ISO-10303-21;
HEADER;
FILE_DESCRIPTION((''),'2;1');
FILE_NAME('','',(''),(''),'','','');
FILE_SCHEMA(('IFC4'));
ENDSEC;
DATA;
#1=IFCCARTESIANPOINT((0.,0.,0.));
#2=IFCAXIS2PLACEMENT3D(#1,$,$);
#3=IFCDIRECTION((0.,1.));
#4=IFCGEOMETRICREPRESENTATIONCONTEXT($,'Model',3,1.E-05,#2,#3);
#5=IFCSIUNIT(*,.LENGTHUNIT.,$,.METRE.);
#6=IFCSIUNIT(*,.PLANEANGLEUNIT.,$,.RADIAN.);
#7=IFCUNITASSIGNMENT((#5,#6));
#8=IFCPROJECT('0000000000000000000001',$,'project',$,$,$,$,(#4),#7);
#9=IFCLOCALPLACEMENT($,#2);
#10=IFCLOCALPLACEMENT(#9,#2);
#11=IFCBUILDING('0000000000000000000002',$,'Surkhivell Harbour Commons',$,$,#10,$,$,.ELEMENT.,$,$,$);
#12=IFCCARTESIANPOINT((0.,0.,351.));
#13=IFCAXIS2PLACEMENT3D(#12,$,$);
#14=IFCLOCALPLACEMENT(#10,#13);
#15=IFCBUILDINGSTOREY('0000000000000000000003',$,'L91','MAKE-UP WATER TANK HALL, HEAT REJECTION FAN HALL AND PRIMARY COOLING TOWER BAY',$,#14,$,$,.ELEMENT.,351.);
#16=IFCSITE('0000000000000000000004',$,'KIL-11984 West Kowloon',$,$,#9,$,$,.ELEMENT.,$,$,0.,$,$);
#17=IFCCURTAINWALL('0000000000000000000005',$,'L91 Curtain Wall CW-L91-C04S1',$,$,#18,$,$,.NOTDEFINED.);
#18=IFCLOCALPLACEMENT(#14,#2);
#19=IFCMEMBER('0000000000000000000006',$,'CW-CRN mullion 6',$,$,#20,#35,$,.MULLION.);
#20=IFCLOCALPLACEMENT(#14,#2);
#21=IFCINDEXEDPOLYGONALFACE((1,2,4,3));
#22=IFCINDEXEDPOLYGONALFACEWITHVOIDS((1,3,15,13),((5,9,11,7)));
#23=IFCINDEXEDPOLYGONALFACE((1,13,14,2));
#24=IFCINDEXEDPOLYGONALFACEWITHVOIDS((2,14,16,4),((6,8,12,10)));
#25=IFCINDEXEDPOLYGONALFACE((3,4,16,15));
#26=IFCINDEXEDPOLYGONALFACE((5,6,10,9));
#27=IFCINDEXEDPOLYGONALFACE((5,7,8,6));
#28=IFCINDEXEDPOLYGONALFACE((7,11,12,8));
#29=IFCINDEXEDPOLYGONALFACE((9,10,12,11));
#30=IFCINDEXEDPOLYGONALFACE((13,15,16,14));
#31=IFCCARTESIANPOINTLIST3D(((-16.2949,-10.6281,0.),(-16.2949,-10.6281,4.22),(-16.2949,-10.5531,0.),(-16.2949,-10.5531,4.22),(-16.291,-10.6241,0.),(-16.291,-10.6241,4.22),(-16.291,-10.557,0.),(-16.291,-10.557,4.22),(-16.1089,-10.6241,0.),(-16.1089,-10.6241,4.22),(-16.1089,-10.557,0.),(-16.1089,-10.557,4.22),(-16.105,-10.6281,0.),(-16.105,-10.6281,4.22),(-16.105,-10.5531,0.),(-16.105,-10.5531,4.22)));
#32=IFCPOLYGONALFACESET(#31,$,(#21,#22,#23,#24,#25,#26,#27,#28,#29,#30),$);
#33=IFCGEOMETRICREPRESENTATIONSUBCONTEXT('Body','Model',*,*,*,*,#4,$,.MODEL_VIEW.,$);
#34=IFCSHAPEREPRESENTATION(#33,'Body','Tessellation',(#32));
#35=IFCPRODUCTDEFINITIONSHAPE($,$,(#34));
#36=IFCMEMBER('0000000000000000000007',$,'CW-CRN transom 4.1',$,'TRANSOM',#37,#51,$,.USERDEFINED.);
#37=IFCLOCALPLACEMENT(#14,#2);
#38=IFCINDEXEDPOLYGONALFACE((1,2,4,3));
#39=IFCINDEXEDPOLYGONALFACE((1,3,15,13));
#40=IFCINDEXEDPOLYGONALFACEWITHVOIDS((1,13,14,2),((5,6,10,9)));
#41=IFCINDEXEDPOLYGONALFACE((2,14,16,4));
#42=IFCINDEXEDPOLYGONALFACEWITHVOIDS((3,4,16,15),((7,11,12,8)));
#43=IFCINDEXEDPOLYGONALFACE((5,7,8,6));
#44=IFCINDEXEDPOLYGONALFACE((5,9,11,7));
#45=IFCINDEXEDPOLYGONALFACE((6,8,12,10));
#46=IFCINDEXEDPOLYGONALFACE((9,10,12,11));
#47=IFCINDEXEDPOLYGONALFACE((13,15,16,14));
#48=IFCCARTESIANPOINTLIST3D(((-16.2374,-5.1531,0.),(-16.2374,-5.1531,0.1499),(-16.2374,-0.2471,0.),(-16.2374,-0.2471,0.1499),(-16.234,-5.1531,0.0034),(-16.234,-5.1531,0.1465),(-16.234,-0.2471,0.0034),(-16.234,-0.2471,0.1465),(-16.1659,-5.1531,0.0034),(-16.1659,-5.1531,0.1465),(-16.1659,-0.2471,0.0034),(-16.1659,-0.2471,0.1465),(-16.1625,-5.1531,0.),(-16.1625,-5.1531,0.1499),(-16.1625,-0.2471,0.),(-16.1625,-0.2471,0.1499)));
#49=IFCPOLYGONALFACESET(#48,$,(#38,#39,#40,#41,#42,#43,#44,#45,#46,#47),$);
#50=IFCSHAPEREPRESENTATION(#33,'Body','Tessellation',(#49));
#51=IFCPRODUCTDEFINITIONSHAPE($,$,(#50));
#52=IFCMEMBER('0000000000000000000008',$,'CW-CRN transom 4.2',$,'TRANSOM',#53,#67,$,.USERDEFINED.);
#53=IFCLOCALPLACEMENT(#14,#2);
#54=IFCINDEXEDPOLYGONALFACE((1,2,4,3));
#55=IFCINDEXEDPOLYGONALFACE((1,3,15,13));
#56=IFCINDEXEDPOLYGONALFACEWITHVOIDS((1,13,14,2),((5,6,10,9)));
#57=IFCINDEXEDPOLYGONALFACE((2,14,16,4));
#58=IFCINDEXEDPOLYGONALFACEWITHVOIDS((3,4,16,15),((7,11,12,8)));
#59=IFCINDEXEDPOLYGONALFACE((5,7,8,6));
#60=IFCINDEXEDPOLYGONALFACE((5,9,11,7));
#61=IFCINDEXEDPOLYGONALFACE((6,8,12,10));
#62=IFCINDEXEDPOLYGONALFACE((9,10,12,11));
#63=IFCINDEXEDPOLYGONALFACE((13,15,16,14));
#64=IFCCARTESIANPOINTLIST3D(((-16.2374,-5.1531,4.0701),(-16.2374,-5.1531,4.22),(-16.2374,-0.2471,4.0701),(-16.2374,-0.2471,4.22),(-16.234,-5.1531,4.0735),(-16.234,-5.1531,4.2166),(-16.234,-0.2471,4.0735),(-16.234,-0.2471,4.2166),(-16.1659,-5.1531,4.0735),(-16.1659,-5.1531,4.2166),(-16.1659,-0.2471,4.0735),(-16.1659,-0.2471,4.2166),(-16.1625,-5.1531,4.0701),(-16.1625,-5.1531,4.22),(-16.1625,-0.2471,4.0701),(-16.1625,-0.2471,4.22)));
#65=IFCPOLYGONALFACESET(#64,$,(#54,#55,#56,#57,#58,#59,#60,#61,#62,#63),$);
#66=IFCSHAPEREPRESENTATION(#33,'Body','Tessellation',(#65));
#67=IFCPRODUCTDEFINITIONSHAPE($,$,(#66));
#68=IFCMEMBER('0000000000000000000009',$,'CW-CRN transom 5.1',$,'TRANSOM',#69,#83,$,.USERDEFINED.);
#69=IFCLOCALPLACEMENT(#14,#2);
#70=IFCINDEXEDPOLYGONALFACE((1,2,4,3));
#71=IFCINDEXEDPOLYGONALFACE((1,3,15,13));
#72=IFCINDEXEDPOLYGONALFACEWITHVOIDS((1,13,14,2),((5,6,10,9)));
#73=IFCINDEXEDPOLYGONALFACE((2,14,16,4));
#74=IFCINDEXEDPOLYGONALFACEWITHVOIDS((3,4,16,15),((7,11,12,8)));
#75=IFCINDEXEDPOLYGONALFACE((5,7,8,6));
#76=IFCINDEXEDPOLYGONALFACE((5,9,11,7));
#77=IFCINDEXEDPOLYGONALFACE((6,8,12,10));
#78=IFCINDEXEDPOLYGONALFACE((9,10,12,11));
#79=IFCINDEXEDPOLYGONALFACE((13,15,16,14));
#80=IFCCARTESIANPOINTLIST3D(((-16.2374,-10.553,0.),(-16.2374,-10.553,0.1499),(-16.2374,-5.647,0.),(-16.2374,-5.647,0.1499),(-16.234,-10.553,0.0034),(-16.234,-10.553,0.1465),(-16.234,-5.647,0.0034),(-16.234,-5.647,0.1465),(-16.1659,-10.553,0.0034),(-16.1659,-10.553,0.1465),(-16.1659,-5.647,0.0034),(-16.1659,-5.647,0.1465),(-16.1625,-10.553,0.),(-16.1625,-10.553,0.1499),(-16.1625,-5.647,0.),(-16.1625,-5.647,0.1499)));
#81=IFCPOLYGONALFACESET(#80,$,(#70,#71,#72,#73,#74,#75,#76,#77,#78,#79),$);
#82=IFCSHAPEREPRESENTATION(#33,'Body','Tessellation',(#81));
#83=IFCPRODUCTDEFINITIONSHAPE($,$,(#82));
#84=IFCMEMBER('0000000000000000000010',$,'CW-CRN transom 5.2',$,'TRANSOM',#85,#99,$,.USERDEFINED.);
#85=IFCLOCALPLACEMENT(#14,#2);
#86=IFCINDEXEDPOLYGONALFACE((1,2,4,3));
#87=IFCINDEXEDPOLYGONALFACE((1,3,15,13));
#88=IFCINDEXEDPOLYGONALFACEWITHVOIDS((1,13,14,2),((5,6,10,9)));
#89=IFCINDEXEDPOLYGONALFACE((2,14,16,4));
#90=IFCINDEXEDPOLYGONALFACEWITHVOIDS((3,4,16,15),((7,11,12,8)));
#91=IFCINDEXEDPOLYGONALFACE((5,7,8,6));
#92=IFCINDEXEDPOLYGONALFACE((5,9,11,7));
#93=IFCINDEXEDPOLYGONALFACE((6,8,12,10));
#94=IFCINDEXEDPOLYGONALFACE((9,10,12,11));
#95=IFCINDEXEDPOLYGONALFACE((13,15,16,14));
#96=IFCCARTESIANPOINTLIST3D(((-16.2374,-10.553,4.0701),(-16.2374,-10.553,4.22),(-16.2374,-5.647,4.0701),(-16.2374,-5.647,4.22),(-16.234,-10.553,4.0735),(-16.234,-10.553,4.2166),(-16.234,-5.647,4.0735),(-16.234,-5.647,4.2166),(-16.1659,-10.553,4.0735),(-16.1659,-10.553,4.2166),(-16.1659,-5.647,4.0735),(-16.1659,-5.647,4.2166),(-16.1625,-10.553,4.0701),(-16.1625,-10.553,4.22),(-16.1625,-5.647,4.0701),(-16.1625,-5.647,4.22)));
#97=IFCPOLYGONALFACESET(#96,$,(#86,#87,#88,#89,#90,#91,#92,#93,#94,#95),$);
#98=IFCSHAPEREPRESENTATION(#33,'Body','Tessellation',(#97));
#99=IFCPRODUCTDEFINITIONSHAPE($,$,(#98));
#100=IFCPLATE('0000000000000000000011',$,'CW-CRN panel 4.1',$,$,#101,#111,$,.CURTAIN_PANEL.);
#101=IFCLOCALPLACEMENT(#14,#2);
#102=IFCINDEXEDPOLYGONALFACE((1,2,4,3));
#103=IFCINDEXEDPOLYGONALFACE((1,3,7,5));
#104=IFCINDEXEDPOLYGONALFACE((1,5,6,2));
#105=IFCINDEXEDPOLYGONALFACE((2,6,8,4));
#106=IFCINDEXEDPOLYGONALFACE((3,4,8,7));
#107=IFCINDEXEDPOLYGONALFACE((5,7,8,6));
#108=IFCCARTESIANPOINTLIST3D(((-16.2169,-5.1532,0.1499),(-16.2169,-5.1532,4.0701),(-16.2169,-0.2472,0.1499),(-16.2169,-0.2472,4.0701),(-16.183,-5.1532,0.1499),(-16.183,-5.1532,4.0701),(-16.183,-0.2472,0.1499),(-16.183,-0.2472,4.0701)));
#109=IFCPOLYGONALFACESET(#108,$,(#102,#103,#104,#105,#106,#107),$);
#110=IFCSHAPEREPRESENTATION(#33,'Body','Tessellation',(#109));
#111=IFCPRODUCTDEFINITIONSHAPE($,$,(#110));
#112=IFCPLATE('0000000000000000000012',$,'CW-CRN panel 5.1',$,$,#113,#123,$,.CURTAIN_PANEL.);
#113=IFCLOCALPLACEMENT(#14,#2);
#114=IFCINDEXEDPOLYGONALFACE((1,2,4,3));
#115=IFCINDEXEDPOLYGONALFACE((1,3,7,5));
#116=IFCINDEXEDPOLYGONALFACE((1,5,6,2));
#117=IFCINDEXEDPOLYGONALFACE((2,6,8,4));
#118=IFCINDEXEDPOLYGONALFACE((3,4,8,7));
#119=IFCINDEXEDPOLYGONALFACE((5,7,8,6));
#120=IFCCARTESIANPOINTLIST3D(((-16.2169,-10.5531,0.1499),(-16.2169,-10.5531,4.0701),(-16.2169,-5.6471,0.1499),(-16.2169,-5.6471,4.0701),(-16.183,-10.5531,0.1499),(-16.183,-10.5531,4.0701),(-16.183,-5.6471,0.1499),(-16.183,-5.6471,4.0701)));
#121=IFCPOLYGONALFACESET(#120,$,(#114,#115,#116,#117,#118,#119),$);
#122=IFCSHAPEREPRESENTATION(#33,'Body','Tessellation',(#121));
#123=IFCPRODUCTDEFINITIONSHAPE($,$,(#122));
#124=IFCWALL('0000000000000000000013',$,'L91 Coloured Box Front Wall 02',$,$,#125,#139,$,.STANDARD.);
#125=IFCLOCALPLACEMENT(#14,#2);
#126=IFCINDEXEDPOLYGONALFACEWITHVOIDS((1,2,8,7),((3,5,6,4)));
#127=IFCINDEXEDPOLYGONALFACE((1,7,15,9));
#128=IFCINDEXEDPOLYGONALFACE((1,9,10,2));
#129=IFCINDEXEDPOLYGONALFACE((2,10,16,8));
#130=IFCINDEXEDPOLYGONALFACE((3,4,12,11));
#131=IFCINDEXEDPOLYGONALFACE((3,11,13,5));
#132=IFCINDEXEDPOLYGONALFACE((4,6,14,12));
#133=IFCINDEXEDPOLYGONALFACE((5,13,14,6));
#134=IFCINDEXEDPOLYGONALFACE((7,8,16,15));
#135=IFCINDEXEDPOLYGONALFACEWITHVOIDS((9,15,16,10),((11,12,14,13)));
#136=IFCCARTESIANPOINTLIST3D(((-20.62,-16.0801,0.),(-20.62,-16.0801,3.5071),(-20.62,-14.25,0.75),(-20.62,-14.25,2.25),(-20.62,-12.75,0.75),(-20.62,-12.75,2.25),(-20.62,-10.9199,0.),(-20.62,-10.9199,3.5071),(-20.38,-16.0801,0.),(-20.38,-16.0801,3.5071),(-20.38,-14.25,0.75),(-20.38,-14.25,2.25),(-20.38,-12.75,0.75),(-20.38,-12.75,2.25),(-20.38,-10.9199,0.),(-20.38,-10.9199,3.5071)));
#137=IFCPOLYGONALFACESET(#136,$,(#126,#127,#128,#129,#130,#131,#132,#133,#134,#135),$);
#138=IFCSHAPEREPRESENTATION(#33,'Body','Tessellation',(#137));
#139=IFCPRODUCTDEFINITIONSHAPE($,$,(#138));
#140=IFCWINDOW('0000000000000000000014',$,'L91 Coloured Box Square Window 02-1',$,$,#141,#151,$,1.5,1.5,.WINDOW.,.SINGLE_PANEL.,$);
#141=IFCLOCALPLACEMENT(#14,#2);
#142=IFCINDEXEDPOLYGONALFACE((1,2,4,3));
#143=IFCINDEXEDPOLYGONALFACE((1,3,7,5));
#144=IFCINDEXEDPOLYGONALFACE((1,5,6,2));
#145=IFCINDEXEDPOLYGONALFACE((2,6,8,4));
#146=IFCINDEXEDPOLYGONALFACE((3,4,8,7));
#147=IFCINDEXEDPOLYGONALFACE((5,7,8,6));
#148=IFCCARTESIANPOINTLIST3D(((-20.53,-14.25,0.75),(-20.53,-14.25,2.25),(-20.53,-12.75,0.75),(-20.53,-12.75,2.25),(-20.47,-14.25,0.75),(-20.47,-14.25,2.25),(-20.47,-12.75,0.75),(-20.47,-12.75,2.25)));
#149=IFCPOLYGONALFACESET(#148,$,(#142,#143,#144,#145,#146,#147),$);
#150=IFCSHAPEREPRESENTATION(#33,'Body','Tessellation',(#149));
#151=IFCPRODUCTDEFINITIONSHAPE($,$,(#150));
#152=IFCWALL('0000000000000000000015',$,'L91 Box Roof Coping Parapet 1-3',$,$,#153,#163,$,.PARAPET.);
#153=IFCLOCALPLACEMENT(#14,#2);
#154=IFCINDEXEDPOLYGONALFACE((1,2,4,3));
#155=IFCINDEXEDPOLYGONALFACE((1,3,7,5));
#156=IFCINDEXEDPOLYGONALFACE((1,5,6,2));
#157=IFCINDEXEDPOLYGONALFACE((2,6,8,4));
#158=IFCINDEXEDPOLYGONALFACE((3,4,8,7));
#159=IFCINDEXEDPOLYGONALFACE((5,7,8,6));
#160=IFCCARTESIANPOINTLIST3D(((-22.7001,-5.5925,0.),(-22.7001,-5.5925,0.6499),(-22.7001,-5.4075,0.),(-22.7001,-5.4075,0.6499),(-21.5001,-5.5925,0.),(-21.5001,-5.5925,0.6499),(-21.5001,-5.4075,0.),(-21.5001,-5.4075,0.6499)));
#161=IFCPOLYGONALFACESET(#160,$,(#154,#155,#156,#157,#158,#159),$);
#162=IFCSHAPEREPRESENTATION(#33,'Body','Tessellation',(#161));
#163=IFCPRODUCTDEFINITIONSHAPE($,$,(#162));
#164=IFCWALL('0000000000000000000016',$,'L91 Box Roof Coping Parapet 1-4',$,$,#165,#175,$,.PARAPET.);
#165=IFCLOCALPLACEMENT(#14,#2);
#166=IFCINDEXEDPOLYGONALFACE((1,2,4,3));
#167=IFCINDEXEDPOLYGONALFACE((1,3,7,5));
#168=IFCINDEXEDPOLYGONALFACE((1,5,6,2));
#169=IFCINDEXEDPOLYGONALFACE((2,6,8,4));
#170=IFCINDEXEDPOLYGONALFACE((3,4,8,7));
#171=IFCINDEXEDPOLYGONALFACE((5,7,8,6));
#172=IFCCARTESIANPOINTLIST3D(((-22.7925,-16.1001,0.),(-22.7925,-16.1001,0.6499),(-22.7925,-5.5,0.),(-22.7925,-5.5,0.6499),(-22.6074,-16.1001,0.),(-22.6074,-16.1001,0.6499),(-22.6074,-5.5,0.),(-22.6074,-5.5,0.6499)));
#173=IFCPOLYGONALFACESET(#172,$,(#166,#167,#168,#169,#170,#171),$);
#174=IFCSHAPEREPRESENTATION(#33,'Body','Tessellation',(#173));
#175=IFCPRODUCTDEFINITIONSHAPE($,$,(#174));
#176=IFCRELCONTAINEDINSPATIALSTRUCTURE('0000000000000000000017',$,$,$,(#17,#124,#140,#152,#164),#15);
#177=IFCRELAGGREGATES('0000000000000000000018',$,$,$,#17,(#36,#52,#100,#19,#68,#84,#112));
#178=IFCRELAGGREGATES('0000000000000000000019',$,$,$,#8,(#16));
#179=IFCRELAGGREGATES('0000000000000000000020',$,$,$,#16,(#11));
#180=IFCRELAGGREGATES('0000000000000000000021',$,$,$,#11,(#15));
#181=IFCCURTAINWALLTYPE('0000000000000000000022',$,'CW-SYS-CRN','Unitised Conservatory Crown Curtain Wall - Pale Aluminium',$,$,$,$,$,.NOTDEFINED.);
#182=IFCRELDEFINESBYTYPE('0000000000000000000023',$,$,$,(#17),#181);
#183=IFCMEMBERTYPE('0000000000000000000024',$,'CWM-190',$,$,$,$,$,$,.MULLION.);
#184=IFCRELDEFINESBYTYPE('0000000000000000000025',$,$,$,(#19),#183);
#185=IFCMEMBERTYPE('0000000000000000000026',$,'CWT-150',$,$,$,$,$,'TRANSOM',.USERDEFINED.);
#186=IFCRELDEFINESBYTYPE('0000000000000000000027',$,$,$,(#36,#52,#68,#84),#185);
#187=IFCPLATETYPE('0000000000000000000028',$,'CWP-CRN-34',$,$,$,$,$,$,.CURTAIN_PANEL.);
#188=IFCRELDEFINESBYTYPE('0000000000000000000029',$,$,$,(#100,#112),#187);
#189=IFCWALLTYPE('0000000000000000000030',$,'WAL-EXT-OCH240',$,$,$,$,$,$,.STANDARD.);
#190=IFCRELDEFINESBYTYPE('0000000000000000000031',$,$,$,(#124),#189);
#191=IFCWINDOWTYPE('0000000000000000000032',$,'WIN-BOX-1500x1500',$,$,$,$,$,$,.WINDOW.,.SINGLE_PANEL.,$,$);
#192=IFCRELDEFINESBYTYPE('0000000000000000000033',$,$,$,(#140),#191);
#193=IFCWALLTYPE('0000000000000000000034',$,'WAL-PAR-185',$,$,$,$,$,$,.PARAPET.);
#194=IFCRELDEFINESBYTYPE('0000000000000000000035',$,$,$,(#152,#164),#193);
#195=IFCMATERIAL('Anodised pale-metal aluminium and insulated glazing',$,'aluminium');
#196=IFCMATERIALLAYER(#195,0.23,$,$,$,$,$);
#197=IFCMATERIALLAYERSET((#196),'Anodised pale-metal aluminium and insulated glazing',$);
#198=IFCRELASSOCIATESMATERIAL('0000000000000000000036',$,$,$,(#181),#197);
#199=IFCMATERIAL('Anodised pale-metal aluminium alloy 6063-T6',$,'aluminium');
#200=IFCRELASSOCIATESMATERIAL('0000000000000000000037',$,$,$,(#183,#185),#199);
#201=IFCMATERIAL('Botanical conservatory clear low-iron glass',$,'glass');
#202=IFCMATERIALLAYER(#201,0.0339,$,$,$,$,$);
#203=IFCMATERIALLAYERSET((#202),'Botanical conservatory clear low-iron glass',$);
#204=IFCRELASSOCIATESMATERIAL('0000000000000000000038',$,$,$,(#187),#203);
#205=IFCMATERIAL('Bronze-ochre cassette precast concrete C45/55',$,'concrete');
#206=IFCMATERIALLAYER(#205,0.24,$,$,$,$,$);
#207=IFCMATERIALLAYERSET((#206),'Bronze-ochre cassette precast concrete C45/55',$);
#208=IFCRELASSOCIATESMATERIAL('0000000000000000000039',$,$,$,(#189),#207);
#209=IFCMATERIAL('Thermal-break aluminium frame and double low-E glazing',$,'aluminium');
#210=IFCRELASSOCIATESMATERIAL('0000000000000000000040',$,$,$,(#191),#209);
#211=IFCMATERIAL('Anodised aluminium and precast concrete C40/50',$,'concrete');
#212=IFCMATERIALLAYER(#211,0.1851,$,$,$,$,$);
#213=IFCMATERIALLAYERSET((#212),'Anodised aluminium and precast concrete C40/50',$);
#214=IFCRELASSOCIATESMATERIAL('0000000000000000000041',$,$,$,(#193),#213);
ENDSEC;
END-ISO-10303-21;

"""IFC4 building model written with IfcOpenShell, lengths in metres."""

from ifc_helpers import new_model, si_unit, direction, frame, frame_2d, origin, origin_2d, place, context, subcontext, project, spatial, rectangle, hollow_rectangle, extrude, material, layer, layer_set, material_profile, profile_set, type_object, element, fill, aggregate, save


model = new_model("IFC4")

# Units and contexts
model_context = context("Model", 3, precision=1e-05, world=origin(), true_north=direction((0.0, 1.0)))
body_context = subcontext(model_context, "Body", "Model", "MODEL_VIEW")
ifc_project = project(units=[si_unit("LENGTHUNIT", "METRE"), si_unit("PLANEANGLEUNIT", "RADIAN")], contexts=[model_context])

# Site, building, storey
site_placement = place(None, origin())
site = spatial("IfcSite", under=ifc_project, at=site_placement, Name="KIL-11984 West Kowloon", CompositionType="ELEMENT", RefElevation=0.0)
building_placement = place(site_placement, origin())
building = spatial("IfcBuilding", under=site, at=building_placement, Name="Surkhivell Harbour Commons", CompositionType="ELEMENT")
storey_placement = place(building_placement, frame((0.0, 0.0, 351.0)))
storey = spatial("IfcBuildingStorey", under=building, at=storey_placement, Name="L91", Description="MAKE-UP WATER TANK HALL, HEAT REJECTION FAN HALL AND PRIMARY COOLING TOWER BAY", CompositionType="ELEMENT", Elevation=351.0)

# Curtain wall, members, plates
ifc_material_1 = material(Name="Anodised pale-metal aluminium and insulated glazing", Category="aluminium")
ifc_layer_1 = layer(ifc_material_1, 0.23)
ifc_layer_set_1 = layer_set([ifc_layer_1], Name="Anodised pale-metal aluminium and insulated glazing")
curtain_wall_type = type_object("IfcCurtainWallType", Name="CW-SYS-CRN", Description="Unitised Conservatory Crown Curtain Wall - Pale Aluminium", PredefinedType="NOTDEFINED", material=ifc_layer_set_1)
curtain_wall_placement = place(storey_placement, origin())
curtain_wall = element("IfcCurtainWall", 1, at=curtain_wall_placement, inside=storey, type_object=curtain_wall_type, Name="L91 Curtain Wall CW-L91-C04S1", PredefinedType="NOTDEFINED")
ifc_material_2 = material(Name="Anodised pale-metal aluminium alloy 6063-T6", Category="aluminium")
ifc_material_profile_1 = material_profile(ifc_material_2, hollow_rectangle(XDim=0.075, YDim=0.1899, WallThickness=0.0039, at=origin_2d()), Name="ALU-MULL-75x190")
ifc_profile_set_1 = profile_set([ifc_material_profile_1], Name="Anodised pale-metal aluminium alloy 6063-T6")
member_type_1 = type_object("IfcMemberType", Name="CWM-190", PredefinedType="MULLION", material=ifc_profile_set_1)
member_1_placement = place(storey_placement, frame((-16.2, -10.5906, 0.0), z_axis=(0.0, 0.0, 1.0), x_axis=(0.0, -1.0, 0.0)))
member_1 = element("IfcMember", 2, at=member_1_placement, type_object=member_type_1, Name="CW-CRN mullion 6", PredefinedType="MULLION", context=body_context, shape_type="SweptSolid", body=[
    extrude(hollow_rectangle(XDim=0.075, YDim=0.1899, WallThickness=0.0039, at=origin_2d()), origin(), (0.0, 0.0, 1.0), 4.22),
])
ifc_material_profile_2 = material_profile(ifc_material_2, hollow_rectangle(XDim=0.075, YDim=0.1499, WallThickness=0.0034, at=origin_2d()), Name="ALU-TRAN-75x150")
ifc_profile_set_2 = profile_set([ifc_material_profile_2], Name="Anodised pale-metal aluminium alloy 6063-T6")
member_type_2 = type_object("IfcMemberType", Name="CWT-150", ElementType="TRANSOM", PredefinedType="USERDEFINED", material=ifc_profile_set_2)
member_2_placement = place(storey_placement, frame((-16.2, -0.2471, 0.075), z_axis=(0.0, -1.0, 0.0), x_axis=(1.0, 0.0, 0.0)))
member_2 = element("IfcMember", 3, at=member_2_placement, type_object=member_type_2, Name="CW-CRN transom 4.1", ObjectType="TRANSOM", PredefinedType="USERDEFINED", context=body_context, shape_type="SweptSolid", body=[
    extrude(hollow_rectangle(XDim=0.075, YDim=0.1499, WallThickness=0.0034, at=origin_2d()), origin(), (0.0, 0.0, 1.0), 4.906),
])
member_3_placement = place(storey_placement, frame((-16.2, -0.2471, 4.145), z_axis=(0.0, -1.0, 0.0), x_axis=(1.0, 0.0, 0.0)))
member_3 = element("IfcMember", 4, at=member_3_placement, type_object=member_type_2, Name="CW-CRN transom 4.2", ObjectType="TRANSOM", PredefinedType="USERDEFINED", context=body_context, shape_type="SweptSolid", body=[
    extrude(hollow_rectangle(XDim=0.075, YDim=0.1499, WallThickness=0.0034, at=origin_2d()), origin(), (0.0, 0.0, 1.0), 4.906),
])
member_4_placement = place(storey_placement, frame((-16.2, -5.647, 0.075), z_axis=(0.0, -1.0, 0.0), x_axis=(1.0, 0.0, 0.0)))
member_4 = element("IfcMember", 5, at=member_4_placement, type_object=member_type_2, Name="CW-CRN transom 5.1", ObjectType="TRANSOM", PredefinedType="USERDEFINED", context=body_context, shape_type="SweptSolid", body=[
    extrude(hollow_rectangle(XDim=0.075, YDim=0.1499, WallThickness=0.0034, at=origin_2d()), origin(), (0.0, 0.0, 1.0), 4.906),
])
member_5_placement = place(storey_placement, frame((-16.2, -5.647, 4.145), z_axis=(0.0, -1.0, 0.0), x_axis=(1.0, 0.0, 0.0)))
member_5 = element("IfcMember", 6, at=member_5_placement, type_object=member_type_2, Name="CW-CRN transom 5.2", ObjectType="TRANSOM", PredefinedType="USERDEFINED", context=body_context, shape_type="SweptSolid", body=[
    extrude(hollow_rectangle(XDim=0.075, YDim=0.1499, WallThickness=0.0034, at=origin_2d()), origin(), (0.0, 0.0, 1.0), 4.906),
])
ifc_material_3 = material(Name="Botanical conservatory clear low-iron glass", Category="glass")
ifc_layer_2 = layer(ifc_material_3, 0.0339)
ifc_layer_set_2 = layer_set([ifc_layer_2], Name="Botanical conservatory clear low-iron glass")
plate_type = type_object("IfcPlateType", Name="CWP-CRN-34", PredefinedType="CURTAIN_PANEL", material=ifc_layer_set_2)
plate_1_placement = place(storey_placement, frame((-16.2, -0.2471, 0.1499), z_axis=(0.0, 0.0, 1.0), x_axis=(0.0, -1.0, 0.0)))
plate_1 = element("IfcPlate", 7, at=plate_1_placement, type_object=plate_type, Name="CW-CRN panel 4.1", PredefinedType="CURTAIN_PANEL", context=body_context, shape_type="SweptSolid", body=[
    extrude(rectangle(XDim=4.906, YDim=0.0339, at=frame_2d((2.4531, 0.0))), origin(), (0.0, 0.0, 1.0), 3.9202),
])
plate_2_placement = place(storey_placement, frame((-16.2, -5.647, 0.1499), z_axis=(0.0, 0.0, 1.0), x_axis=(0.0, -1.0, 0.0)))
plate_2 = element("IfcPlate", 8, at=plate_2_placement, type_object=plate_type, Name="CW-CRN panel 5.1", PredefinedType="CURTAIN_PANEL", context=body_context, shape_type="SweptSolid", body=[
    extrude(rectangle(XDim=4.906, YDim=0.0339, at=frame_2d((2.4531, 0.0))), origin(), (0.0, 0.0, 1.0), 3.9202),
])
aggregate(curtain_wall, [member_2, member_3, plate_1, member_1, member_4, member_5, plate_2])

# Wall, opening, window
ifc_material_4 = material(Name="Bronze-ochre cassette precast concrete C45/55", Category="concrete")
ifc_layer_3 = layer(ifc_material_4, 0.24)
ifc_layer_set_3 = layer_set([ifc_layer_3], Name="Bronze-ochre cassette precast concrete C45/55")
wall_type_1 = type_object("IfcWallType", Name="WAL-EXT-OCH240", PredefinedType="STANDARD", material=ifc_layer_set_3)
wall_1_placement = place(storey_placement, frame((-20.5, -10.9199, 0.0), z_axis=(0.0, 0.0, 1.0), x_axis=(0.0, -1.0, 0.0)))
wall_1 = element("IfcWall", 9, at=wall_1_placement, inside=storey, type_object=wall_type_1, Name="L91 Coloured Box Front Wall 02", PredefinedType="STANDARD", context=body_context, shape_type="SweptSolid", body=[
    extrude(rectangle(XDim=5.1602, YDim=0.24, at=frame_2d((2.5801, 0.0))), origin(), (0.0, 0.0, 1.0), 3.5071),
])
opening_placement = place(wall_1_placement, frame((1.8301, 0.0, 0.75)))
opening = element("IfcOpeningElement", 10, at=opening_placement, cuts=wall_1, PredefinedType="OPENING", context=body_context, shape_type="SweptSolid", body=[
    extrude(rectangle(XDim=1.5, YDim=1.5, at=frame_2d((0.75, 0.75))), frame((0.0, 0.1299, 0.0), z_axis=(0.0, -1.0, 0.0), x_axis=(1.0, 0.0, 0.0)), (0.0, 0.0, 1.0), 0.26),
])
ifc_material_5 = material(Name="Thermal-break aluminium frame and double low-E glazing", Category="aluminium")
window_type = type_object("IfcWindowType", Name="WIN-BOX-1500x1500", PartitioningType="SINGLE_PANEL", PredefinedType="WINDOW", material=ifc_material_5)
window_placement = place(opening_placement, origin())
window = element("IfcWindow", 11, at=window_placement, inside=storey, type_object=window_type, Name="L91 Coloured Box Square Window 02-1", OverallHeight=1.5, OverallWidth=1.5, PartitioningType="SINGLE_PANEL", PredefinedType="WINDOW", context=body_context, shape_type="SweptSolid", body=[
    extrude(rectangle(XDim=1.5, YDim=1.5, at=frame_2d((0.75, 0.75))), frame((0.0, 0.03, 0.0), z_axis=(0.0, -1.0, 0.0), x_axis=(1.0, 0.0, 0.0)), (0.0, 0.0, 1.0), 0.0601),
])
fill(opening, window)

# Walls
ifc_material_6 = material(Name="Anodised aluminium and precast concrete C40/50", Category="concrete")
ifc_layer_4 = layer(ifc_material_6, 0.1851)
ifc_layer_set_4 = layer_set([ifc_layer_4], Name="Anodised aluminium and precast concrete C40/50")
wall_type_2 = type_object("IfcWallType", Name="WAL-PAR-185", PredefinedType="PARAPET", material=ifc_layer_set_4)
wall_2_placement = place(storey_placement, frame((-21.5, -5.5, 0.0), z_axis=(0.0, 0.0, 1.0), x_axis=(-1.0, 0.0, 0.0)))
element("IfcWall", 12, at=wall_2_placement, inside=storey, type_object=wall_type_2, Name="L91 Box Roof Coping Parapet 1-3", PredefinedType="PARAPET", context=body_context, shape_type="SweptSolid", body=[
    extrude(rectangle(XDim=1.2, YDim=0.1851, at=frame_2d((0.6001, 0.0))), origin(), (0.0, 0.0, 1.0), 0.6499),
])
wall_3_placement = place(storey_placement, frame((-22.7, -5.5, 0.0), z_axis=(0.0, 0.0, 1.0), x_axis=(0.0, -1.0, 0.0)))
element("IfcWall", 13, at=wall_3_placement, inside=storey, type_object=wall_type_2, Name="L91 Box Roof Coping Parapet 1-4", PredefinedType="PARAPET", context=body_context, shape_type="SweptSolid", body=[
    extrude(rectangle(XDim=10.6001, YDim=0.1851, at=frame_2d((5.3, 0.0))), origin(), (0.0, 0.0, 1.0), 0.6499),
])

save(model, "model.ifc")
